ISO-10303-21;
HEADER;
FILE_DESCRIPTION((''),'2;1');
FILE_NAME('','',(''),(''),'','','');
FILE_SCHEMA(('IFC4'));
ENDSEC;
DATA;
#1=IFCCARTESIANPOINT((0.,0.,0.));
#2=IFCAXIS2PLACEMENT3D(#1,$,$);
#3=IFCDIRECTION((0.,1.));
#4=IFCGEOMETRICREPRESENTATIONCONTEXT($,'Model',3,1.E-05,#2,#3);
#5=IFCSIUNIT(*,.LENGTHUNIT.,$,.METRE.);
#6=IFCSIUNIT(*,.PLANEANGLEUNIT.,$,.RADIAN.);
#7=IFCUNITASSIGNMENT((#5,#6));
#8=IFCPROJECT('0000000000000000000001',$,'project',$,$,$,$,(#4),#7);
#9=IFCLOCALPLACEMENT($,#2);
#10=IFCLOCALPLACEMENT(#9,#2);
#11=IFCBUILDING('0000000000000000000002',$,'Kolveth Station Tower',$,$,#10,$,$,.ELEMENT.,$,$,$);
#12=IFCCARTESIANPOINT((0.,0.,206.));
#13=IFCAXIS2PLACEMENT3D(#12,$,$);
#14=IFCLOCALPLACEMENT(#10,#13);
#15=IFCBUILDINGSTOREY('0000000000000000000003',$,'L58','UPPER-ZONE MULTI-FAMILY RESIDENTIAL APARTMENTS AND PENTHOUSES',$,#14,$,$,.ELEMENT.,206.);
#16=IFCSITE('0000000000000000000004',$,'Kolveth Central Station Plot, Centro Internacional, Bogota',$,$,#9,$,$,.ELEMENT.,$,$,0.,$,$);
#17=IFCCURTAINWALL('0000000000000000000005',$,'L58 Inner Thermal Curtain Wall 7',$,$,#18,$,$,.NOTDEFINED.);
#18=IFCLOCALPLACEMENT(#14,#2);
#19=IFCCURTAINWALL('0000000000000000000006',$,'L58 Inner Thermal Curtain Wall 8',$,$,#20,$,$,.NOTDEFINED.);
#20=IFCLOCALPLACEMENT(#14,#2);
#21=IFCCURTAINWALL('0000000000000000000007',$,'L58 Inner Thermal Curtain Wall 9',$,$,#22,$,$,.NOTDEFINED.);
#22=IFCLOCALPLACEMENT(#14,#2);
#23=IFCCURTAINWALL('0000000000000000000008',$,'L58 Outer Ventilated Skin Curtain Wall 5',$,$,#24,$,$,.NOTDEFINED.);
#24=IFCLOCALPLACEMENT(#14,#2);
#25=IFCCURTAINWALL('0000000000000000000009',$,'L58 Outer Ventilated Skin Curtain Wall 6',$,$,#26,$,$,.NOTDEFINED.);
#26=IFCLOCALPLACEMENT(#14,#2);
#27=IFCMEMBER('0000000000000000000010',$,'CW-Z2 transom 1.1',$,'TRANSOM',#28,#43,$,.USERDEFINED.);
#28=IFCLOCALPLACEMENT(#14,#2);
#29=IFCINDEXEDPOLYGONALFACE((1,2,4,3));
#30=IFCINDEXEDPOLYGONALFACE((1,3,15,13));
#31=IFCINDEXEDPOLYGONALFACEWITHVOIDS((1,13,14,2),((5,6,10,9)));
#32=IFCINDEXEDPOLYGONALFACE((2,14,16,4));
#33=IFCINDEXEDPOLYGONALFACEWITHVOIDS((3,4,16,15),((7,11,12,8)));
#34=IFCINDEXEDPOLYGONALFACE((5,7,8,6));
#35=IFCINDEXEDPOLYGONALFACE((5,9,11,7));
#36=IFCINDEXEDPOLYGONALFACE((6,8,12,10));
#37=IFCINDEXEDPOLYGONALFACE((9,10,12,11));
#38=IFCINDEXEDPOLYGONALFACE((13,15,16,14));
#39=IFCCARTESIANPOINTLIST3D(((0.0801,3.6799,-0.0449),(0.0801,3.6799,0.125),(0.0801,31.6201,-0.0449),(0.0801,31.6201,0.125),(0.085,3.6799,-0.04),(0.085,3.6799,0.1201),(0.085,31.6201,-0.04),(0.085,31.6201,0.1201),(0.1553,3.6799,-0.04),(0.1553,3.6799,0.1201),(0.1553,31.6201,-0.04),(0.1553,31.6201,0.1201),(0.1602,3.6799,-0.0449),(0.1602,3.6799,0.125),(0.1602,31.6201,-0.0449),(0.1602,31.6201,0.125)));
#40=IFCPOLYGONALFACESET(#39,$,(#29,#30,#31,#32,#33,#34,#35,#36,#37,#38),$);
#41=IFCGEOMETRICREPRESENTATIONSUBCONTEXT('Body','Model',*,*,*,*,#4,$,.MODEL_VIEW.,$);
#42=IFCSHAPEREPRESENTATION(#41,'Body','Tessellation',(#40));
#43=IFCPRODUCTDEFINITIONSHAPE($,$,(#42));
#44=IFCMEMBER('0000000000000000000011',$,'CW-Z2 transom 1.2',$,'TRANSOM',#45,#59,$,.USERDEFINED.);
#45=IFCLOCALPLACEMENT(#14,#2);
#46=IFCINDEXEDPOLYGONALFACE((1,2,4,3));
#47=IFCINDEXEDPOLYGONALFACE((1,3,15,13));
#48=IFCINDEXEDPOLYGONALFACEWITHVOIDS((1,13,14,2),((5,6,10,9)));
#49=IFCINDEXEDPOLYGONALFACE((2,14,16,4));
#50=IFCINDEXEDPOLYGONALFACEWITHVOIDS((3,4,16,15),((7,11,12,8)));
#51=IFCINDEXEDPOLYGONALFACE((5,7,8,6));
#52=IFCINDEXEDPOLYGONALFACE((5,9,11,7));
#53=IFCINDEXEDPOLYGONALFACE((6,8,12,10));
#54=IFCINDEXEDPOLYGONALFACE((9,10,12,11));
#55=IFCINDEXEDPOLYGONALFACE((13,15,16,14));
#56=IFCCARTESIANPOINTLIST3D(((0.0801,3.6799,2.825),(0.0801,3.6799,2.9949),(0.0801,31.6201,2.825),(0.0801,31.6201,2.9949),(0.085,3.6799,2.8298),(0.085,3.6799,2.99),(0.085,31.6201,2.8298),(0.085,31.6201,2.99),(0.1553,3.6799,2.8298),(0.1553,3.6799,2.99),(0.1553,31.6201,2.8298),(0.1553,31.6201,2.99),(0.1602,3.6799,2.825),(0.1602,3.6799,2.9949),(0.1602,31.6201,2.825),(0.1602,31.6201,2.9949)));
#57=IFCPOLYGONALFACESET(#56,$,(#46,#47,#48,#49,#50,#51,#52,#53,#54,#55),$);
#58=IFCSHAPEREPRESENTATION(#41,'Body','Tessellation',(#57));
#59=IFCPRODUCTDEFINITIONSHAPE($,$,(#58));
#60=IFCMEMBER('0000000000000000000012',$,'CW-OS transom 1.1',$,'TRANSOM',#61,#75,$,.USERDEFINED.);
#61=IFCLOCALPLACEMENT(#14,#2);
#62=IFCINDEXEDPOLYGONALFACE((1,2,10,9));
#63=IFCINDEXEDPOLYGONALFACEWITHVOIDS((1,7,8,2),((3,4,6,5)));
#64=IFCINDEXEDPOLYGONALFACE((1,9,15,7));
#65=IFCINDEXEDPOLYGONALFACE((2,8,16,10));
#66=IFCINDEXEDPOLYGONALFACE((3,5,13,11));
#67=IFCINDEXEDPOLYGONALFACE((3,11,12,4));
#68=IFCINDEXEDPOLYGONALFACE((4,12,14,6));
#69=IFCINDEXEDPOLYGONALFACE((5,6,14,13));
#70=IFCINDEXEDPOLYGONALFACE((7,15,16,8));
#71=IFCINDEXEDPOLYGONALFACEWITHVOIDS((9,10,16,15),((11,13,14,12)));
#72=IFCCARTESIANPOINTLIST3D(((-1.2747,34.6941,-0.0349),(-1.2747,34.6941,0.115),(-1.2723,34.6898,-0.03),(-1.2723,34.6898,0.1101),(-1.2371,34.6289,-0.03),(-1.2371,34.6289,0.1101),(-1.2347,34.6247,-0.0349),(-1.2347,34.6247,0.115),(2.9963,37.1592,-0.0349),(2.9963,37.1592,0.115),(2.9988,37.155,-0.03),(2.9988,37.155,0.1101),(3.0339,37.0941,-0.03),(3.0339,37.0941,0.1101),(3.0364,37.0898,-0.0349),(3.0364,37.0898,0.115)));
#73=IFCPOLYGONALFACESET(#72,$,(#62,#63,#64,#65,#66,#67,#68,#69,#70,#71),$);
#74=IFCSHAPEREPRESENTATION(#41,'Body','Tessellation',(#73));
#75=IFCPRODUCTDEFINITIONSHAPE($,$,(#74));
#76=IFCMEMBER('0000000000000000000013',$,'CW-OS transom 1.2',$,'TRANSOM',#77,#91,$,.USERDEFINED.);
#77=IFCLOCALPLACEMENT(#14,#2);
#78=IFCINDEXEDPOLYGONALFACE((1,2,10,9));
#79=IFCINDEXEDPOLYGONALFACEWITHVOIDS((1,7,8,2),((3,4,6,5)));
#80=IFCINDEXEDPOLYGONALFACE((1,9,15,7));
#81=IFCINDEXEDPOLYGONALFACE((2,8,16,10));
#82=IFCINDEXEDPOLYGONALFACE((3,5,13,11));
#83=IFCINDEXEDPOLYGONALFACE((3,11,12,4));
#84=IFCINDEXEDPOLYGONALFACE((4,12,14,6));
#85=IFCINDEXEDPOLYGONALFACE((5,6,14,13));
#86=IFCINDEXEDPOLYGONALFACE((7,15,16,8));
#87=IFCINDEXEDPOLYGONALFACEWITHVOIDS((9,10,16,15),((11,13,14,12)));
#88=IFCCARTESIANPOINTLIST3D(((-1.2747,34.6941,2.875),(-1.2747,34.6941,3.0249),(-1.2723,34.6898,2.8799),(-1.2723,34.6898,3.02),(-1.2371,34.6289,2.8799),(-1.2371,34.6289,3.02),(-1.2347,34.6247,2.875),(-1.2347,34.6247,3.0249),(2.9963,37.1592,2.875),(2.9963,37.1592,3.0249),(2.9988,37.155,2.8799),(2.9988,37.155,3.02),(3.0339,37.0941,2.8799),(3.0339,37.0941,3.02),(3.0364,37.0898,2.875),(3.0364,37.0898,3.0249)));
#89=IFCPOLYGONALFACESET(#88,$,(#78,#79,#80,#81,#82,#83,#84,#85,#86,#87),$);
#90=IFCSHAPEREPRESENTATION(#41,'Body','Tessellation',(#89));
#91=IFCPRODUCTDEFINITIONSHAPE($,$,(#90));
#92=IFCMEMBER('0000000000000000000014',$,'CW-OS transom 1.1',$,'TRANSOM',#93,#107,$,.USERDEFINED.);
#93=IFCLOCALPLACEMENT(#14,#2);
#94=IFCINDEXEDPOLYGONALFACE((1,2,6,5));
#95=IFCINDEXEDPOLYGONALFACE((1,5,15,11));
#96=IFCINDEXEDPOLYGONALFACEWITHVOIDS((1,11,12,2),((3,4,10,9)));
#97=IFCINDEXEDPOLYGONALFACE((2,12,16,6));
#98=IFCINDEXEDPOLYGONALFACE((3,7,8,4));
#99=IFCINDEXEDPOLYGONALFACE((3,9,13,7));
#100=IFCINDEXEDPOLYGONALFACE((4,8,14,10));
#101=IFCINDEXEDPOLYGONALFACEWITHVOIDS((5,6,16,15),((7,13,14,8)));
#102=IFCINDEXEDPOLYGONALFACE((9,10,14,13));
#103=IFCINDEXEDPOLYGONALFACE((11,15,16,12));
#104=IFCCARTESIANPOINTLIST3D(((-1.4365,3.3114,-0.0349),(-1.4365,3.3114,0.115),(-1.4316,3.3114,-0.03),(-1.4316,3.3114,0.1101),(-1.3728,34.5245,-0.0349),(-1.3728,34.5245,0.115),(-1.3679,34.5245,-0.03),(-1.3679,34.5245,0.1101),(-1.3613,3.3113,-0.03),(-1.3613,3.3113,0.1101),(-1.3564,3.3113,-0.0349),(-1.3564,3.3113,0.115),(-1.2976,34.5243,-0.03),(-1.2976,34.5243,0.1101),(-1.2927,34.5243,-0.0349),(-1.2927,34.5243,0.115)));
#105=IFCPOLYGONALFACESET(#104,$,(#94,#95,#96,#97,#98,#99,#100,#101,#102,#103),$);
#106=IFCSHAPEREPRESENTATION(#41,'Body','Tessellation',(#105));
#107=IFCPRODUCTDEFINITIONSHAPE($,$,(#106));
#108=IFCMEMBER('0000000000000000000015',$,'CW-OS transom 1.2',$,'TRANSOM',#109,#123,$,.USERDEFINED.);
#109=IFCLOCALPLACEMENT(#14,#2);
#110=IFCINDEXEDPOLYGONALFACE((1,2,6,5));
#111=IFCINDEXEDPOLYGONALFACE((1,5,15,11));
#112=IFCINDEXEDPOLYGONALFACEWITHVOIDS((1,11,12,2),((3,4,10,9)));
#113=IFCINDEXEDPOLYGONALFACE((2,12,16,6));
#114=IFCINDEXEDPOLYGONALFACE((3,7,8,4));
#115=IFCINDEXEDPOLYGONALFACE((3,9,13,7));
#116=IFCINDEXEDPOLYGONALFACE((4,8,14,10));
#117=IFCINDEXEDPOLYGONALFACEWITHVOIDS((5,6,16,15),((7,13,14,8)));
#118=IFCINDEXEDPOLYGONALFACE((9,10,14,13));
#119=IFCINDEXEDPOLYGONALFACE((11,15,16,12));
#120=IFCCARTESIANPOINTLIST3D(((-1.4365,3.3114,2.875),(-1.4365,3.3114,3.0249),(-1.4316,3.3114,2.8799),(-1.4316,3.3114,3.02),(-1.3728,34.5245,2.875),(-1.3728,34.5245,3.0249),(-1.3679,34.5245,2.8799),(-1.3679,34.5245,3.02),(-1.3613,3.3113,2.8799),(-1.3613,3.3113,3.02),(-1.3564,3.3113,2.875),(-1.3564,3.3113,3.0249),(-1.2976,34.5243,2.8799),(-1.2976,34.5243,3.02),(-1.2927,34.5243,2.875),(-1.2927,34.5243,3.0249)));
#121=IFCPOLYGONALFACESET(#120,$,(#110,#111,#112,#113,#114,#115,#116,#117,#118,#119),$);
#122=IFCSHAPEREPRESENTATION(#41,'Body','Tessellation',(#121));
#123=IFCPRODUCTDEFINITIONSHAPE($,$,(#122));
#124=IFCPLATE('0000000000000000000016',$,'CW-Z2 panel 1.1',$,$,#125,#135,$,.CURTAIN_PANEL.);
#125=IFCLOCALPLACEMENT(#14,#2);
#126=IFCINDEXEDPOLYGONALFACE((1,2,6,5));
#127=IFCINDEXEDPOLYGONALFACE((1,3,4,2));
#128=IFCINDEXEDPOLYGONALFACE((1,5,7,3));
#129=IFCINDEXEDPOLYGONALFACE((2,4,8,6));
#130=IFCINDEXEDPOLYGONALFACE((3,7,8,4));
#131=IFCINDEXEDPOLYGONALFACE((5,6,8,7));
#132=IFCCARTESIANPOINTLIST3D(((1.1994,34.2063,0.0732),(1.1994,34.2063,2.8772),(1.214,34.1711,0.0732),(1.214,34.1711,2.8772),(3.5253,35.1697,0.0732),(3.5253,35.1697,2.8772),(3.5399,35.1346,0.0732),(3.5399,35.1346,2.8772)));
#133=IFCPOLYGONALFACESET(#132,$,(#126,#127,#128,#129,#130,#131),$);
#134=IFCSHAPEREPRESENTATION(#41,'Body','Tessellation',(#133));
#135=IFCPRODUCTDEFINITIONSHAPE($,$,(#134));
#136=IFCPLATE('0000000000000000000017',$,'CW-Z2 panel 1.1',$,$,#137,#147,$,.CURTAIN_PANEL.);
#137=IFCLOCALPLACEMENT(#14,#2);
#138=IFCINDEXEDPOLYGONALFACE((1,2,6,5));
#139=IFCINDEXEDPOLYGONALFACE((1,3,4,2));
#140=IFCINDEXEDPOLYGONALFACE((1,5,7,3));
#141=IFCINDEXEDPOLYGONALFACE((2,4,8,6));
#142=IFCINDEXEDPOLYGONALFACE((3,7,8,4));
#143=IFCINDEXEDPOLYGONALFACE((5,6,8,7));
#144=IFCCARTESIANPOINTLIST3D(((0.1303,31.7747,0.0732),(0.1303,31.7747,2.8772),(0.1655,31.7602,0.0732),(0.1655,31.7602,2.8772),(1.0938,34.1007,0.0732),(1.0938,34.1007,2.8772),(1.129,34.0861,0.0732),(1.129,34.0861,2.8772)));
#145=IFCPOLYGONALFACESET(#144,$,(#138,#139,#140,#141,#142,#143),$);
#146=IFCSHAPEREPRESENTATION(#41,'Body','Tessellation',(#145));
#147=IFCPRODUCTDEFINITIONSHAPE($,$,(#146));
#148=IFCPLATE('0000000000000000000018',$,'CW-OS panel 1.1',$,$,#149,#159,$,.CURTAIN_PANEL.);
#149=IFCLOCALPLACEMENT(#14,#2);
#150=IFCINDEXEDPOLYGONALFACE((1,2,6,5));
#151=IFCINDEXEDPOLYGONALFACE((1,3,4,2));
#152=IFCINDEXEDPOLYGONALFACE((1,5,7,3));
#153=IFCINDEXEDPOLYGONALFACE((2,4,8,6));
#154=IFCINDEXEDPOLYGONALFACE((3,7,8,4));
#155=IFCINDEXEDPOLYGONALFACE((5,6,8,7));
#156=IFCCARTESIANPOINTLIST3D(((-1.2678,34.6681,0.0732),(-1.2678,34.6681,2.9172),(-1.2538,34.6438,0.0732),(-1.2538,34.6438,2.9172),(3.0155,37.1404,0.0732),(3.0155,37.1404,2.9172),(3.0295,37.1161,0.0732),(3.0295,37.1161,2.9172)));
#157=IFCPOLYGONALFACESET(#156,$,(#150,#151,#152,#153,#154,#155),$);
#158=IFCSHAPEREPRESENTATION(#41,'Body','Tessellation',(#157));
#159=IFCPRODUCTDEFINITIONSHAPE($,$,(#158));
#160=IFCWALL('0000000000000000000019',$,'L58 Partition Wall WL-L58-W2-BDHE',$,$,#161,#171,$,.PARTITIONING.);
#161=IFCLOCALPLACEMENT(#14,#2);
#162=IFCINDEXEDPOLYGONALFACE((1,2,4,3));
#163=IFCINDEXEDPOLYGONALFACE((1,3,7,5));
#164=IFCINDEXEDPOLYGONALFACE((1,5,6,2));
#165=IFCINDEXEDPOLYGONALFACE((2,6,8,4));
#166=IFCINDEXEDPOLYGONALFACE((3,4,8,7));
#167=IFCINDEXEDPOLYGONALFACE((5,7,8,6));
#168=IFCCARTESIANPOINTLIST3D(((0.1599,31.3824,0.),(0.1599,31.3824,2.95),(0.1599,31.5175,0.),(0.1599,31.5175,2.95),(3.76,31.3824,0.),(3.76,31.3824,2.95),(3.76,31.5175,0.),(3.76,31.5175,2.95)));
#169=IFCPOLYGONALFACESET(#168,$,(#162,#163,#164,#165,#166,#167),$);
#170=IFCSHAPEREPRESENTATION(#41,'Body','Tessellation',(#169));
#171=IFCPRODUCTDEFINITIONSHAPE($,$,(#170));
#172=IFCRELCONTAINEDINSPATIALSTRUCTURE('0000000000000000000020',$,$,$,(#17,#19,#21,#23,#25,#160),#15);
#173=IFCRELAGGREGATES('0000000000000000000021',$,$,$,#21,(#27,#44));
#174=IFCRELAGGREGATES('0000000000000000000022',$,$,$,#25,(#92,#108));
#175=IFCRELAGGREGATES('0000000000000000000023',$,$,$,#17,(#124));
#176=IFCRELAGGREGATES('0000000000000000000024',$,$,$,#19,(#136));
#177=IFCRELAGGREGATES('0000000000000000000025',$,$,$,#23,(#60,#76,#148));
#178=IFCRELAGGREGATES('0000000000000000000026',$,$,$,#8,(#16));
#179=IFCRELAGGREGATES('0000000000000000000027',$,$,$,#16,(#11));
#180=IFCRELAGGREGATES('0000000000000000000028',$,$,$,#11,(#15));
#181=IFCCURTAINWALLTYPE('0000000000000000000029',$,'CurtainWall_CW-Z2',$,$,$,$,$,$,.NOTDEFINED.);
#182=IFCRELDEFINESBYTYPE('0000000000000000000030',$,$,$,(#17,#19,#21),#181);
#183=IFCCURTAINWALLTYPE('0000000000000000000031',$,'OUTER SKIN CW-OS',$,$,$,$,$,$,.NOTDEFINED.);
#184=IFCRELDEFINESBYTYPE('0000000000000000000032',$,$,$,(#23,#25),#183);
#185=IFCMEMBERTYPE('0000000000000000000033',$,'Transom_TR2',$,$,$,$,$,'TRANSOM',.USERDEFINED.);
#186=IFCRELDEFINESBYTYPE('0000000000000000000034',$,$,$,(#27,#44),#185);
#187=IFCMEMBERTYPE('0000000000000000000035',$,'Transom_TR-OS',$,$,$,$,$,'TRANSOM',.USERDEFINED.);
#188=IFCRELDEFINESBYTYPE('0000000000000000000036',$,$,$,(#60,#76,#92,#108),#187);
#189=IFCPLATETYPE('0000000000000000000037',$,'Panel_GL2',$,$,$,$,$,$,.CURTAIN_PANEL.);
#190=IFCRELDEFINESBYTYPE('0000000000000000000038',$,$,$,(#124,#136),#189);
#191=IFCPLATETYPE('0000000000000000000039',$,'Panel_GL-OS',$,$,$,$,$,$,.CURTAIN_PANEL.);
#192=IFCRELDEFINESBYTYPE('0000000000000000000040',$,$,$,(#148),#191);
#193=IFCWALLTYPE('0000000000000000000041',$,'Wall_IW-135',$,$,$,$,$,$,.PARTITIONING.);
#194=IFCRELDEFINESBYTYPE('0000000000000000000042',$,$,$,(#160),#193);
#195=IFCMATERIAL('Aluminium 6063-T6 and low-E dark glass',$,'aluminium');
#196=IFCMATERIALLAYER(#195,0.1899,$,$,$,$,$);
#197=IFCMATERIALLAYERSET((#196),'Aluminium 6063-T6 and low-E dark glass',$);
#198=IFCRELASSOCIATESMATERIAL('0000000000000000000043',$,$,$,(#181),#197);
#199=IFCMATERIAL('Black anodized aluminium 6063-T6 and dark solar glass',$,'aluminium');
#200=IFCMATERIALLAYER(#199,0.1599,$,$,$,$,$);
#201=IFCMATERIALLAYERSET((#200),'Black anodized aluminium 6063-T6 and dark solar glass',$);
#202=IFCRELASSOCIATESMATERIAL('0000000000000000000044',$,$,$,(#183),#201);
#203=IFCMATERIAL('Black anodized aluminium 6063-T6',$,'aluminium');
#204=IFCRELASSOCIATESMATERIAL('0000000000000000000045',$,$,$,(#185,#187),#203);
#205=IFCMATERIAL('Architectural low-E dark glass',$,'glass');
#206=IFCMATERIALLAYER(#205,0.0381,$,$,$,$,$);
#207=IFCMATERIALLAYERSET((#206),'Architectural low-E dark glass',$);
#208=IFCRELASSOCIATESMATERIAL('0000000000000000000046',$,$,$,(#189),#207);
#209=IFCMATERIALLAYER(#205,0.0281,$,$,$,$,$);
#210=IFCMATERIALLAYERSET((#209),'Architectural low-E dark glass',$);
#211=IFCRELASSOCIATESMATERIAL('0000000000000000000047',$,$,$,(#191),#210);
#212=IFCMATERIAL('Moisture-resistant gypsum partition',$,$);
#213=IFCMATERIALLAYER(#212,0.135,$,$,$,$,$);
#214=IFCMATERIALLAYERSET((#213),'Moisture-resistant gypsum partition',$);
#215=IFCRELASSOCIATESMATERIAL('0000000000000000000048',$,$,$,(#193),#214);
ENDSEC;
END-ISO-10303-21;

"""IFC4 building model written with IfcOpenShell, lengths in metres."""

from ifc_helpers import new_model, si_unit, direction, frame, frame_2d, origin, origin_2d, place, context, subcontext, project, spatial, rectangle, hollow_rectangle, extrude, source, transform, mapped, material, layer, layer_set, material_profile, profile_set, type_object, element, aggregate, save


model = new_model("IFC4")

# Units and contexts
model_context = context("Model", 3, precision=1e-05, world=origin(), true_north=direction((0.0, 1.0)))
body_context = subcontext(model_context, "Body", "Model", "MODEL_VIEW")
ifc_project = project(units=[si_unit("LENGTHUNIT", "METRE"), si_unit("PLANEANGLEUNIT", "RADIAN")], contexts=[model_context])

# Site, building, storey
site_placement = place(None, origin())
site = spatial("IfcSite", under=ifc_project, at=site_placement, Name="Kolveth Central Station Plot, Centro Internacional, Bogota", CompositionType="ELEMENT", RefElevation=0.0)
building_placement = place(site_placement, origin())
building = spatial("IfcBuilding", under=site, at=building_placement, Name="Kolveth Station Tower", CompositionType="ELEMENT")
storey_placement = place(building_placement, frame((0.0, 0.0, 206.0)))
storey = spatial("IfcBuildingStorey", under=building, at=storey_placement, Name="L58", Description="UPPER-ZONE MULTI-FAMILY RESIDENTIAL APARTMENTS AND PENTHOUSES", CompositionType="ELEMENT", Elevation=206.0)

# Curtain wall
ifc_material_1 = material(Name="Aluminium 6063-T6 and low-E dark glass", Category="aluminium")
ifc_layer_1 = layer(ifc_material_1, 0.1899)
ifc_layer_set_1 = layer_set([ifc_layer_1], Name="Aluminium 6063-T6 and low-E dark glass")
curtain_wall_type_1 = type_object("IfcCurtainWallType", Name="CurtainWall_CW-Z2", PredefinedType="NOTDEFINED", material=ifc_layer_set_1)
curtain_wall_1_placement = place(storey_placement, origin())
curtain_wall_1 = element("IfcCurtainWall", 1, at=curtain_wall_1_placement, inside=storey, type_object=curtain_wall_type_1, Name="L58 Inner Thermal Curtain Wall 7", PredefinedType="NOTDEFINED")
ifc_material_2 = material(Name="Black anodized aluminium 6063-T6", Category="aluminium")

# Curtain wall
curtain_wall_2_placement = place(storey_placement, origin())
curtain_wall_2 = element("IfcCurtainWall", 2, at=curtain_wall_2_placement, inside=storey, type_object=curtain_wall_type_1, Name="L58 Inner Thermal Curtain Wall 8", PredefinedType="NOTDEFINED")

# Curtain wall
curtain_wall_3_placement = place(storey_placement, origin())
curtain_wall_3 = element("IfcCurtainWall", 3, at=curtain_wall_3_placement, inside=storey, type_object=curtain_wall_type_1, Name="L58 Inner Thermal Curtain Wall 9", PredefinedType="NOTDEFINED")
ifc_material_3 = material(Name="Black anodized aluminium 6063-T6 and dark solar glass", Category="aluminium")
ifc_layer_2 = layer(ifc_material_3, 0.1599)
ifc_layer_set_2 = layer_set([ifc_layer_2], Name="Black anodized aluminium 6063-T6 and dark solar glass")
curtain_wall_type_2 = type_object("IfcCurtainWallType", Name="OUTER SKIN CW-OS", PredefinedType="NOTDEFINED", material=ifc_layer_set_2)

# Curtain wall
curtain_wall_4_placement = place(storey_placement, origin())
curtain_wall_4 = element("IfcCurtainWall", 4, at=curtain_wall_4_placement, inside=storey, type_object=curtain_wall_type_2, Name="L58 Outer Ventilated Skin Curtain Wall 5", PredefinedType="NOTDEFINED")

# Curtain wall
curtain_wall_5_placement = place(storey_placement, origin())
curtain_wall_5 = element("IfcCurtainWall", 5, at=curtain_wall_5_placement, inside=storey, type_object=curtain_wall_type_2, Name="L58 Outer Ventilated Skin Curtain Wall 6", PredefinedType="NOTDEFINED")

# Members
ifc_material_profile_1 = material_profile(ifc_material_2, hollow_rectangle(XDim=0.0801, YDim=0.1699, WallThickness=0.0049, at=origin_2d()), Name="ALU-80x170x5")
ifc_profile_set_1 = profile_set([ifc_material_profile_1], Name="Black anodized aluminium 6063-T6")
member_type_1 = type_object("IfcMemberType", Name="Transom_TR2", ElementType="TRANSOM", PredefinedType="USERDEFINED", material=ifc_profile_set_1)
shared_shape_1 = source(origin(), body_context, "Body", "SweptSolid", [
    extrude(hollow_rectangle(XDim=0.0801, YDim=0.1699, WallThickness=0.0049, at=origin_2d()), origin(), (0.0, 0.0, 1.0), 27.9402),
])
member_1_placement = place(storey_placement, frame((0.1201, 31.6201, 0.04), z_axis=(0.0, -1.0, 0.0), x_axis=(1.0, 0.0, 0.0)))
member_1 = element("IfcMember", 6, at=member_1_placement, type_object=member_type_1, Name="CW-Z2 transom 1.1", ObjectType="TRANSOM", PredefinedType="USERDEFINED", context=body_context, shape_type="MappedRepresentation", body=[
    mapped(shared_shape_1, transform((0.0, 0.0, 0.0), x_axis=(1.0, 0.0, 0.0), y_axis=(0.0, 1.0, 0.0), z_axis=(0.0, 0.0, 1.0), scale=1.0)),
])
member_2_placement = place(storey_placement, frame((0.1201, 31.6201, 2.9099), z_axis=(0.0, -1.0, 0.0), x_axis=(1.0, 0.0, 0.0)))
member_2 = element("IfcMember", 7, at=member_2_placement, type_object=member_type_1, Name="CW-Z2 transom 1.2", ObjectType="TRANSOM", PredefinedType="USERDEFINED", context=body_context, shape_type="MappedRepresentation", body=[
    mapped(shared_shape_1, transform((0.0, 0.0, 0.0), x_axis=(1.0, 0.0, 0.0), y_axis=(0.0, 1.0, 0.0), z_axis=(0.0, 0.0, 1.0), scale=1.0)),
])
aggregate(curtain_wall_3, [member_1, member_2])
ifc_material_profile_2 = material_profile(ifc_material_2, hollow_rectangle(XDim=0.0801, YDim=0.1499, WallThickness=0.0049, at=origin_2d()), Name="ALU-80x150x5")
ifc_profile_set_2 = profile_set([ifc_material_profile_2], Name="Black anodized aluminium 6063-T6")
member_type_2 = type_object("IfcMemberType", Name="Transom_TR-OS", ElementType="TRANSOM", PredefinedType="USERDEFINED", material=ifc_profile_set_2)
shared_shape_2 = source(origin(), body_context, "Body", "SweptSolid", [
    extrude(hollow_rectangle(XDim=0.0801, YDim=0.1499, WallThickness=0.0049, at=origin_2d()), origin(), (0.0, 0.0, 1.0), 4.9314),
])
member_3_placement = place(storey_placement, frame((3.0164, 37.1245, 0.04), z_axis=(-0.866093, -0.499882, 0.0), x_axis=(0.499882, -0.866093, 0.0)))
member_3 = element("IfcMember", 8, at=member_3_placement, type_object=member_type_2, Name="CW-OS transom 1.1", ObjectType="TRANSOM", PredefinedType="USERDEFINED", context=body_context, shape_type="MappedRepresentation", body=[
    mapped(shared_shape_2, transform((0.0, 0.0, 0.0), x_axis=(1.0, 0.0, 0.0), y_axis=(0.0, 1.0, 0.0), z_axis=(0.0, 0.0, 1.0), scale=1.0)),
])
member_4_placement = place(storey_placement, frame((3.0164, 37.1245, 2.95), z_axis=(-0.866093, -0.499882, 0.0), x_axis=(0.499882, -0.866093, 0.0)))
member_4 = element("IfcMember", 9, at=member_4_placement, type_object=member_type_2, Name="CW-OS transom 1.2", ObjectType="TRANSOM", PredefinedType="USERDEFINED", context=body_context, shape_type="MappedRepresentation", body=[
    mapped(shared_shape_2, transform((0.0, 0.0, 0.0), x_axis=(1.0, 0.0, 0.0), y_axis=(0.0, 1.0, 0.0), z_axis=(0.0, 0.0, 1.0), scale=1.0)),
])
shared_shape_3 = source(origin(), body_context, "Body", "SweptSolid", [
    extrude(hollow_rectangle(XDim=0.0801, YDim=0.1499, WallThickness=0.0049, at=origin_2d()), origin(), (0.0, 0.0, 1.0), 31.2131),
])
member_5_placement = place(storey_placement, frame((-1.3328, 34.5244, 0.04), z_axis=(-0.002041, -0.999998, 0.0), x_axis=(0.999998, -0.002041, 0.0)))
member_5 = element("IfcMember", 10, at=member_5_placement, type_object=member_type_2, Name="CW-OS transom 1.1", ObjectType="TRANSOM", PredefinedType="USERDEFINED", context=body_context, shape_type="MappedRepresentation", body=[
    mapped(shared_shape_3, transform((0.0, 0.0, 0.0), x_axis=(1.0, 0.0, 0.0), y_axis=(0.0, 1.0, 0.0), z_axis=(0.0, 0.0, 1.0), scale=1.0)),
])
member_6_placement = place(storey_placement, frame((-1.3328, 34.5244, 2.95), z_axis=(-0.002041, -0.999998, 0.0), x_axis=(0.999998, -0.002041, 0.0)))
member_6 = element("IfcMember", 11, at=member_6_placement, type_object=member_type_2, Name="CW-OS transom 1.2", ObjectType="TRANSOM", PredefinedType="USERDEFINED", context=body_context, shape_type="MappedRepresentation", body=[
    mapped(shared_shape_3, transform((0.0, 0.0, 0.0), x_axis=(1.0, 0.0, 0.0), y_axis=(0.0, 1.0, 0.0), z_axis=(0.0, 0.0, 1.0), scale=1.0)),
])
aggregate(curtain_wall_5, [member_5, member_6])

# Plates
ifc_material_4 = material(Name="Architectural low-E dark glass", Category="glass")
ifc_layer_3 = layer(ifc_material_4, 0.0381)
ifc_layer_set_3 = layer_set([ifc_layer_3], Name="Architectural low-E dark glass")
plate_type_1 = type_object("IfcPlateType", Name="Panel_GL2", PredefinedType="CURTAIN_PANEL", material=ifc_layer_set_3)
shared_shape_4 = source(origin(), body_context, "Body", "SweptSolid", [
    extrude(rectangle(XDim=2.5176, YDim=0.0381, at=origin_2d()), origin(), (0.0, 0.0, 1.0), 2.804),
])
plate_1_placement = place(storey_placement, frame((2.3696, 34.6704, 0.0732), z_axis=(0.0, 0.0, 1.0), x_axis=(-0.923874, -0.382698, 0.0)))
plate_1 = element("IfcPlate", 12, at=plate_1_placement, type_object=plate_type_1, Name="CW-Z2 panel 1.1", PredefinedType="CURTAIN_PANEL", context=body_context, shape_type="MappedRepresentation", body=[
    mapped(shared_shape_4, transform((0.0, 0.0, 0.0), x_axis=(1.0, 0.0, 0.0), y_axis=(0.0, 1.0, 0.0), z_axis=(0.0, 0.0, 1.0), scale=1.0)),
])
aggregate(curtain_wall_1, [plate_1])
plate_2_placement = place(storey_placement, frame((0.6296, 32.9304, 0.0732), z_axis=(0.0, 0.0, 1.0), x_axis=(-0.382698, -0.923874, 0.0)))
plate_2 = element("IfcPlate", 13, at=plate_2_placement, type_object=plate_type_1, Name="CW-Z2 panel 1.1", PredefinedType="CURTAIN_PANEL", context=body_context, shape_type="MappedRepresentation", body=[
    mapped(shared_shape_4, transform((0.0, 0.0, 0.0), x_axis=(1.0, 0.0, 0.0), y_axis=(0.0, 1.0, 0.0), z_axis=(0.0, 0.0, 1.0), scale=1.0)),
])
aggregate(curtain_wall_2, [plate_2])
ifc_layer_4 = layer(ifc_material_4, 0.0281)
ifc_layer_set_4 = layer_set([ifc_layer_4], Name="Architectural low-E dark glass")
plate_type_2 = type_object("IfcPlateType", Name="Panel_GL-OS", PredefinedType="CURTAIN_PANEL", material=ifc_layer_set_4)
shared_shape_5 = source(origin(), body_context, "Body", "SweptSolid", [
    extrude(rectangle(XDim=4.9456, YDim=0.0281, at=origin_2d()), origin(), (0.0, 0.0, 1.0), 2.844),
])
plate_3_placement = place(storey_placement, frame((0.8809, 35.8921, 0.0732), z_axis=(0.0, 0.0, 1.0), x_axis=(-0.866087, -0.499893, 0.0)))
plate_3 = element("IfcPlate", 14, at=plate_3_placement, type_object=plate_type_2, Name="CW-OS panel 1.1", PredefinedType="CURTAIN_PANEL", context=body_context, shape_type="MappedRepresentation", body=[
    mapped(shared_shape_5, transform((0.0, 0.0, 0.0), x_axis=(1.0, 0.0, 0.0), y_axis=(0.0, 1.0, 0.0), z_axis=(0.0, 0.0, 1.0), scale=1.0)),
])
aggregate(curtain_wall_4, [member_3, member_4, plate_3])

# Wall
ifc_material_5 = material(Name="Moisture-resistant gypsum partition")
ifc_layer_5 = layer(ifc_material_5, 0.135)
ifc_layer_set_5 = layer_set([ifc_layer_5], Name="Moisture-resistant gypsum partition")
wall_type = type_object("IfcWallType", Name="Wall_IW-135", PredefinedType="PARTITIONING", material=ifc_layer_set_5)
wall_placement = place(storey_placement, frame((0.1599, 31.45, 0.0), z_axis=(0.0, 0.0, 1.0), x_axis=(1.0, 0.0, 0.0)))
element("IfcWall", 15, at=wall_placement, inside=storey, type_object=wall_type, Name="L58 Partition Wall WL-L58-W2-BDHE", PredefinedType="PARTITIONING", context=body_context, shape_type="SweptSolid", body=[
    extrude(rectangle(XDim=3.6001, YDim=0.135, at=frame_2d((1.8, 0.0))), origin(), (0.0, 0.0, 1.0), 2.95),
])

save(model, "model.ifc")
